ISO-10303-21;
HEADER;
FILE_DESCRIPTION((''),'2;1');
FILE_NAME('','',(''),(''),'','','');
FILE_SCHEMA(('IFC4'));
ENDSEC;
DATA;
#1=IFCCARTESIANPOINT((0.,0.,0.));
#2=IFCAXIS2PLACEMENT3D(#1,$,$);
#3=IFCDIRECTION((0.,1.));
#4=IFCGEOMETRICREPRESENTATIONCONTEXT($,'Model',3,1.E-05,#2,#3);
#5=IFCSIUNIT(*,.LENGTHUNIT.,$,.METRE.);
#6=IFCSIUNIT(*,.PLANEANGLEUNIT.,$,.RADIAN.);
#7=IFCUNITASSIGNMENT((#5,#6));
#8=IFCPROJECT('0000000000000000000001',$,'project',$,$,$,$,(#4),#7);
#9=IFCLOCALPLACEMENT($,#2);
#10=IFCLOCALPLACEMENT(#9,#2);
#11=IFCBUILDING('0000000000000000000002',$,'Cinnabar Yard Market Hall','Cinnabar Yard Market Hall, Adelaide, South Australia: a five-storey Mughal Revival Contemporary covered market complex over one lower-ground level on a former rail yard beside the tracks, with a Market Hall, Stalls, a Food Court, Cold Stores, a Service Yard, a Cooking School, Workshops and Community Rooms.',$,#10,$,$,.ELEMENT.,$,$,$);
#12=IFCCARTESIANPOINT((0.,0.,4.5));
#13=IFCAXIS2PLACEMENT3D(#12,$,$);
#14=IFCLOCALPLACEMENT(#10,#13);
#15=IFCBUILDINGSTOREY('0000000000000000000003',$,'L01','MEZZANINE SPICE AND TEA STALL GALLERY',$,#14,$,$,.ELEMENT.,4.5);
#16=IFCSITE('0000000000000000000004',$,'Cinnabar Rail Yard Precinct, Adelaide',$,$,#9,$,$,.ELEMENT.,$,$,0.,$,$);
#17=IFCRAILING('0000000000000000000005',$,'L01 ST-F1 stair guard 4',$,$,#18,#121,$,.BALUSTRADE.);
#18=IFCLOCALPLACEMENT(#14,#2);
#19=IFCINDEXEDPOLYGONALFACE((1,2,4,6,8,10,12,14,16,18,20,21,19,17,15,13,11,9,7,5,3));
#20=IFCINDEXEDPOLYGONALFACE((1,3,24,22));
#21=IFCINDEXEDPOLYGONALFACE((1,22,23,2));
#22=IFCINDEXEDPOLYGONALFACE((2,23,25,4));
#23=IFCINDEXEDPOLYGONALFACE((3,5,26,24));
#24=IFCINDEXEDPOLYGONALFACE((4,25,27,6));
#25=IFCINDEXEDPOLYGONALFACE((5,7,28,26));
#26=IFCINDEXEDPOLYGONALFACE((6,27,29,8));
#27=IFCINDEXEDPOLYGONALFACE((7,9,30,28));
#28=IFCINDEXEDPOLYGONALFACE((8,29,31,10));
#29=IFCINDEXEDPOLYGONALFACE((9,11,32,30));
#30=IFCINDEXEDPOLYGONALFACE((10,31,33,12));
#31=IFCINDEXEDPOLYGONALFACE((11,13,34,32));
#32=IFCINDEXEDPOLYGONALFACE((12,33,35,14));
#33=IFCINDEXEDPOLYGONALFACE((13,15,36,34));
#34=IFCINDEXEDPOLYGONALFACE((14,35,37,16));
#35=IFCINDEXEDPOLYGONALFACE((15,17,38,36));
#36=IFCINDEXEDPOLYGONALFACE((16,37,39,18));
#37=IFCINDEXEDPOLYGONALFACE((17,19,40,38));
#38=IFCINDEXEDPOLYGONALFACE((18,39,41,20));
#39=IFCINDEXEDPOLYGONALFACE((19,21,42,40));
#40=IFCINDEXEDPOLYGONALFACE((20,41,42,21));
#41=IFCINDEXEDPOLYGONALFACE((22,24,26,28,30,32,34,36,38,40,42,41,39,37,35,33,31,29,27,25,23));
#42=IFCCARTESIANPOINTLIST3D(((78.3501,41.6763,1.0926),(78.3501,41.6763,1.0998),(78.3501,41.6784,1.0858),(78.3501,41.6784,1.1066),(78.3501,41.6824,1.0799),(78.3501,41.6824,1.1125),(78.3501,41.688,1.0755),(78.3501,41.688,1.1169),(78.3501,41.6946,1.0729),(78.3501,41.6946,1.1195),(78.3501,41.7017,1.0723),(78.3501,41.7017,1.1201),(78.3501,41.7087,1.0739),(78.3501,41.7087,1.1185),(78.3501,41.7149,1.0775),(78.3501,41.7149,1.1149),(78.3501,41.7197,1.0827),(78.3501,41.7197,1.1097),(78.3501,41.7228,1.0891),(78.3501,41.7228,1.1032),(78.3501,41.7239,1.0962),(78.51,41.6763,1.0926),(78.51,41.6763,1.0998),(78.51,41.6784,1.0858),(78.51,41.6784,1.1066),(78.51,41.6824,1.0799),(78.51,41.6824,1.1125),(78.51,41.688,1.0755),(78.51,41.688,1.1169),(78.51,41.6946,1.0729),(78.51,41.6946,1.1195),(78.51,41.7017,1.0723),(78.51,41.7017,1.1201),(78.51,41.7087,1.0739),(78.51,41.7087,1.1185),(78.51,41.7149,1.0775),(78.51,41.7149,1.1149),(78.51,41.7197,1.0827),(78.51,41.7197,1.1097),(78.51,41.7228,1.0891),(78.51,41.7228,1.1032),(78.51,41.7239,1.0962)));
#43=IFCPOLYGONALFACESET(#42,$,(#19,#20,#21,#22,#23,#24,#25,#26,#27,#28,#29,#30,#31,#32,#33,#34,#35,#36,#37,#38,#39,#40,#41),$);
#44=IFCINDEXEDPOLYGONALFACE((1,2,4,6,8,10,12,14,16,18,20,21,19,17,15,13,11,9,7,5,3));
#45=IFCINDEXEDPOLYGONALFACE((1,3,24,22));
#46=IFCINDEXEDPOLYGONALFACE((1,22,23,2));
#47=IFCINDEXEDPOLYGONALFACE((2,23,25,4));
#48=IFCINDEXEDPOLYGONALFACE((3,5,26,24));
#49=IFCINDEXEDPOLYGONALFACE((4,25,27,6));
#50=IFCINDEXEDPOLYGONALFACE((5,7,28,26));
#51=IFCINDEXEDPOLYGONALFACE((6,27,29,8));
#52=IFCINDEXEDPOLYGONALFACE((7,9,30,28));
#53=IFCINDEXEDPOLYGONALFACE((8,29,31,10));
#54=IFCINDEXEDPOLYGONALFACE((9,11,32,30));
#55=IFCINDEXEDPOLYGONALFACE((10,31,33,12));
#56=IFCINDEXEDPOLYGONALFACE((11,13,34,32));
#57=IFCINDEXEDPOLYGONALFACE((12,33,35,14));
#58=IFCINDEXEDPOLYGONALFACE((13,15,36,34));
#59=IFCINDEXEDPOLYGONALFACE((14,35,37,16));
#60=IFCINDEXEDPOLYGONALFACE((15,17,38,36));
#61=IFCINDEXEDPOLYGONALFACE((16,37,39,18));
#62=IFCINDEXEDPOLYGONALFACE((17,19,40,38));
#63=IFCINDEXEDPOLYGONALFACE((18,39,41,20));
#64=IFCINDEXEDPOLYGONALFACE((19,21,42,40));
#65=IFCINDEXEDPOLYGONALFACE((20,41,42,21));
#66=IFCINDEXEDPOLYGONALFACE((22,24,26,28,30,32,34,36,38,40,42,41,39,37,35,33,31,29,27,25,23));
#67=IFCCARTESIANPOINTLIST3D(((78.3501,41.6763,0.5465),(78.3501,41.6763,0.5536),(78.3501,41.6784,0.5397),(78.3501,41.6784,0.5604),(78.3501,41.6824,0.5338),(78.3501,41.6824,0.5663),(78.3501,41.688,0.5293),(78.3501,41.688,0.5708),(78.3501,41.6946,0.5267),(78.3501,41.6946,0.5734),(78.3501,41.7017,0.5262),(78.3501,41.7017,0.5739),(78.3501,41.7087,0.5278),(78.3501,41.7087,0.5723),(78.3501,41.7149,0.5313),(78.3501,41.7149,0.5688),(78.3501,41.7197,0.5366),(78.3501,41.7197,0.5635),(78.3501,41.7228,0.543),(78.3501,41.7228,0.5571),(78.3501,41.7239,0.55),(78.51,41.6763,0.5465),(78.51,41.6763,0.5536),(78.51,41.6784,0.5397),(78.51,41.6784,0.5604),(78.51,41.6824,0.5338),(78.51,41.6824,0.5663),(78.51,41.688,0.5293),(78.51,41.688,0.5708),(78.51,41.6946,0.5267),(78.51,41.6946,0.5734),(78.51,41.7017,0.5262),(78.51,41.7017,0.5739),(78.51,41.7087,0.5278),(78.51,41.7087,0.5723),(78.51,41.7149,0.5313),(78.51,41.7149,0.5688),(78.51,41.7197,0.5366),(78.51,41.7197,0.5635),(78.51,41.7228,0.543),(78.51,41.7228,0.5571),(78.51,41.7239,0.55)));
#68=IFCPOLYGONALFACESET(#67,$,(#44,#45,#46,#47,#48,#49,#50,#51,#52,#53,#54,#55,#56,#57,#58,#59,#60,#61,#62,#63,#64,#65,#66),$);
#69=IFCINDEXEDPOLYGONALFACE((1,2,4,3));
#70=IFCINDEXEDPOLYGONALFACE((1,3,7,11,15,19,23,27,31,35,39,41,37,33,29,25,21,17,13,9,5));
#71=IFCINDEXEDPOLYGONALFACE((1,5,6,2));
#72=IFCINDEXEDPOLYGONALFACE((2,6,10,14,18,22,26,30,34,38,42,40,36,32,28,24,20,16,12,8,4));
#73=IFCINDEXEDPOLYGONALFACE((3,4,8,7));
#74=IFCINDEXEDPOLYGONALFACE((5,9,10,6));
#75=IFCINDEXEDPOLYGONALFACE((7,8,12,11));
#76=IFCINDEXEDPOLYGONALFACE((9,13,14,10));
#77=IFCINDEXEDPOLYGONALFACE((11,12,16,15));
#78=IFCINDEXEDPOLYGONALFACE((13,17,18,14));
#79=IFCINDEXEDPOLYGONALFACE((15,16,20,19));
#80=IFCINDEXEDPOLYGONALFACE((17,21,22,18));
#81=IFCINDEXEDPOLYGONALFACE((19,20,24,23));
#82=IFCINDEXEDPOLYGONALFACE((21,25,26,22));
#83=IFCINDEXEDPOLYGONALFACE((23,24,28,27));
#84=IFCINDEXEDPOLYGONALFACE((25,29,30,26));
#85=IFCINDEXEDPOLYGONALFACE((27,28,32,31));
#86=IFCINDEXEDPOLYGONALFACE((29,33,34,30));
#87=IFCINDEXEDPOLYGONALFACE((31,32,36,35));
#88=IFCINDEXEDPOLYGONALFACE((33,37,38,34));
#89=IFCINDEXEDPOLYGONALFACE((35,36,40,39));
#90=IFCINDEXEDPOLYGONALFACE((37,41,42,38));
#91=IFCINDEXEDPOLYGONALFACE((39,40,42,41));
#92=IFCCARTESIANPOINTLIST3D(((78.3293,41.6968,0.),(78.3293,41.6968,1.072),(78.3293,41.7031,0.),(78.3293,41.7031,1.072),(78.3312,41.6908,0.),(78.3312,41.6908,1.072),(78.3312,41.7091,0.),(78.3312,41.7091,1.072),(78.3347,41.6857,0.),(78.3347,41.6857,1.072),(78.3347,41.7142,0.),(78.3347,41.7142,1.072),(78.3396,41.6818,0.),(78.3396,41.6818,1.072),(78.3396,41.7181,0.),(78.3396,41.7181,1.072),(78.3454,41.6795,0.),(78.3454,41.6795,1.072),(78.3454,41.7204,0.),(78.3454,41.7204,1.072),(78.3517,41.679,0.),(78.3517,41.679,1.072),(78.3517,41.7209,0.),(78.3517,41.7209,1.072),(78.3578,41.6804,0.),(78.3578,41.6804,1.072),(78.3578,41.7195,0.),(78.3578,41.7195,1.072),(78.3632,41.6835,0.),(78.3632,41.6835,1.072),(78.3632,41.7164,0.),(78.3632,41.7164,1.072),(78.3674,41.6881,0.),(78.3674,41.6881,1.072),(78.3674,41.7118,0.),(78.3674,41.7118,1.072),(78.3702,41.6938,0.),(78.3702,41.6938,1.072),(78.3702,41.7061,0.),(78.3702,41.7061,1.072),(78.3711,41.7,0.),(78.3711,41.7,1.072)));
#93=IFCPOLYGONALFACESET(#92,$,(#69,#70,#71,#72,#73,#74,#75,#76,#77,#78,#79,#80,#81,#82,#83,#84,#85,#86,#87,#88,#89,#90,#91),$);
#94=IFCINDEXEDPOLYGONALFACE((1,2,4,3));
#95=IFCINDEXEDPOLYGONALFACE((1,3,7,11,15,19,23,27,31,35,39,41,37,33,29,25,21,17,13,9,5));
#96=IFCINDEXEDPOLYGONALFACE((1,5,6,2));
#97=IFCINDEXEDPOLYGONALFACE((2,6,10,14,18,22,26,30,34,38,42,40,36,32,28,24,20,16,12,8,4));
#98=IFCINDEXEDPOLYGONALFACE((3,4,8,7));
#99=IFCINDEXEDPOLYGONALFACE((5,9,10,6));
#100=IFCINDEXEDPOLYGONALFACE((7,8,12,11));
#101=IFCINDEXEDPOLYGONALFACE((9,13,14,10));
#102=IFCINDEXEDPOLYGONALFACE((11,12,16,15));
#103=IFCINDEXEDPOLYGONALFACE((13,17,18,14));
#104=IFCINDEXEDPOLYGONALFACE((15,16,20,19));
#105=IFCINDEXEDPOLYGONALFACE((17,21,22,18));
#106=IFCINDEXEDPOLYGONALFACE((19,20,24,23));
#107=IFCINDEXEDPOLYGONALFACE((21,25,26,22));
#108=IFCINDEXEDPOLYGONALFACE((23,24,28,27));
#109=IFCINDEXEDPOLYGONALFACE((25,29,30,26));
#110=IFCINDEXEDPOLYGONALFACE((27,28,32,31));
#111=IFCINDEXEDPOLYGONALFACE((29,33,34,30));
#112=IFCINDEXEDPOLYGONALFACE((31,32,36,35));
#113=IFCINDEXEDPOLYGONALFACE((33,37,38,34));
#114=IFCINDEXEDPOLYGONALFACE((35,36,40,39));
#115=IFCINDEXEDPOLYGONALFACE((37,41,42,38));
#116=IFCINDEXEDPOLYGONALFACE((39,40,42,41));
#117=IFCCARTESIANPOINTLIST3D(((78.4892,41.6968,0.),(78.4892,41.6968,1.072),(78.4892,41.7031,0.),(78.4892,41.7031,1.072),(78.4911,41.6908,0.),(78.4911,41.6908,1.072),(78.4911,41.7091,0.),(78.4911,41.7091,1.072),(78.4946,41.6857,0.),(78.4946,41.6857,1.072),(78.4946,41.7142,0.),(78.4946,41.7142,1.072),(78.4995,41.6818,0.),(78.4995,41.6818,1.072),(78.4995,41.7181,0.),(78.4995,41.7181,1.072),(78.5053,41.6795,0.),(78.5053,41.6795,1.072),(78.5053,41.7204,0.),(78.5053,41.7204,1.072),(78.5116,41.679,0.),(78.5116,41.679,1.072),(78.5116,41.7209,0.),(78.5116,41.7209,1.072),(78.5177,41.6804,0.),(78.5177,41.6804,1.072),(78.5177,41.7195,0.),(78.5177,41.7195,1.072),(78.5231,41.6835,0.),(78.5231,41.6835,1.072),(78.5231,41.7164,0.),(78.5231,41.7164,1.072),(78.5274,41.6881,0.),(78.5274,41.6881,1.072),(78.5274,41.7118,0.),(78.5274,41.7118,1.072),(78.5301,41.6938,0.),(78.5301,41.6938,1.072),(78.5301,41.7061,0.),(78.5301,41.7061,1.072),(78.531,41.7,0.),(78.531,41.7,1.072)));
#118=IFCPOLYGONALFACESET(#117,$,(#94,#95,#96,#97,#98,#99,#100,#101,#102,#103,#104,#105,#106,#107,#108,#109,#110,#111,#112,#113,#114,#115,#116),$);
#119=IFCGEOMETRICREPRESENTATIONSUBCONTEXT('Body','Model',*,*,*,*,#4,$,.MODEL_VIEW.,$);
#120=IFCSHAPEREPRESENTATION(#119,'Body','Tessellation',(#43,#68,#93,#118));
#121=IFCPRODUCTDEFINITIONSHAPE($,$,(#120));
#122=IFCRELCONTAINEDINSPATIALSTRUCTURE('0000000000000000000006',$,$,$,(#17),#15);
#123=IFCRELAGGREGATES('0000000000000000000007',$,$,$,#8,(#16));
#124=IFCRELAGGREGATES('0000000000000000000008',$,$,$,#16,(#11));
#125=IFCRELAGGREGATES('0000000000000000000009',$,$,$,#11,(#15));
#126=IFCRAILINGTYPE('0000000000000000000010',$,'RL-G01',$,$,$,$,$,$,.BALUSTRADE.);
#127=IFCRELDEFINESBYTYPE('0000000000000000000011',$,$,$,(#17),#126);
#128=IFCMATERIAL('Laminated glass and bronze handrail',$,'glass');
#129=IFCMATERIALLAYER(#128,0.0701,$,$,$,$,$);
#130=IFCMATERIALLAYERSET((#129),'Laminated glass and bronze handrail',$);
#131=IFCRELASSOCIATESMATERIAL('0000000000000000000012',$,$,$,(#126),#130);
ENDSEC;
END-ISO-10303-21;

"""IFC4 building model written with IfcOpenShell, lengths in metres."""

from ifc_helpers import new_model, si_unit, direction, frame, origin, origin_2d_with_axis, place, context, subcontext, project, spatial, circle, extrude, material, layer, layer_set, type_object, element, save


model = new_model("IFC4")

# Units and contexts
model_context = context("Model", 3, precision=1e-05, world=origin(), true_north=direction((0.0, 1.0)))
body_context = subcontext(model_context, "Body", "Model", "MODEL_VIEW")
ifc_project = project(units=[si_unit("LENGTHUNIT", "METRE"), si_unit("PLANEANGLEUNIT", "RADIAN")], contexts=[model_context])

# Site, building, storey
site_placement = place(None, origin())
site = spatial("IfcSite", under=ifc_project, at=site_placement, Name="Cinnabar Rail Yard Precinct, Adelaide", CompositionType="ELEMENT", RefElevation=0.0)
building_placement = place(site_placement, origin())
building = spatial("IfcBuilding", under=site, at=building_placement, Name="Cinnabar Yard Market Hall", Description="Cinnabar Yard Market Hall, Adelaide, South Australia: a five-storey Mughal Revival Contemporary covered market complex over one lower-ground level on a former rail yard beside the tracks, with a Market Hall, Stalls, a Food Court, Cold Stores, a Service Yard, a Cooking School, Workshops and Community Rooms.", CompositionType="ELEMENT")
storey_placement = place(building_placement, frame((0.0, 0.0, 4.5)))
storey = spatial("IfcBuildingStorey", under=building, at=storey_placement, Name="L01", Description="MEZZANINE SPICE AND TEA STALL GALLERY", CompositionType="ELEMENT", Elevation=4.5)

# Railing
ifc_material_1 = material(Name="Laminated glass and bronze handrail", Category="glass")
ifc_layer_1 = layer(ifc_material_1, 0.0701)
ifc_layer_set_1 = layer_set([ifc_layer_1], Name="Laminated glass and bronze handrail")
railing_type_1 = type_object("IfcRailingType", Name="RL-G01", PredefinedType="BALUSTRADE", material=ifc_layer_set_1)
railing_1_placement = place(storey_placement, frame((78.3501, 41.7, 0.0)))
element("IfcRailing", 1, at=railing_1_placement, inside=storey, type_object=railing_type_1, Name="L01 ST-F1 stair guard 4", PredefinedType="BALUSTRADE", context=body_context, shape_type="SweptSolid", body=[
    extrude(circle(Radius=0.0239, at=origin_2d_with_axis()), frame((0.0, 0.0, 1.0962), z_axis=(1.0, 0.0, 0.0), x_axis=(0.0, 1.0, 0.0)), (0.0, 0.0, 1.0), 0.1599),
    extrude(circle(Radius=0.0239, at=origin_2d_with_axis()), frame((0.0, 0.0, 0.55), z_axis=(1.0, 0.0, 0.0), x_axis=(0.0, 1.0, 0.0)), (0.0, 0.0, 1.0), 0.1599),
    extrude(circle(Radius=0.021, at=origin_2d_with_axis()), origin(), (0.0, 0.0, 1.0), 1.072),
    extrude(circle(Radius=0.021, at=origin_2d_with_axis()), frame((0.1599, 0.0, 0.0)), (0.0, 0.0, 1.0), 1.072),
])

save(model, "model.ifc")
